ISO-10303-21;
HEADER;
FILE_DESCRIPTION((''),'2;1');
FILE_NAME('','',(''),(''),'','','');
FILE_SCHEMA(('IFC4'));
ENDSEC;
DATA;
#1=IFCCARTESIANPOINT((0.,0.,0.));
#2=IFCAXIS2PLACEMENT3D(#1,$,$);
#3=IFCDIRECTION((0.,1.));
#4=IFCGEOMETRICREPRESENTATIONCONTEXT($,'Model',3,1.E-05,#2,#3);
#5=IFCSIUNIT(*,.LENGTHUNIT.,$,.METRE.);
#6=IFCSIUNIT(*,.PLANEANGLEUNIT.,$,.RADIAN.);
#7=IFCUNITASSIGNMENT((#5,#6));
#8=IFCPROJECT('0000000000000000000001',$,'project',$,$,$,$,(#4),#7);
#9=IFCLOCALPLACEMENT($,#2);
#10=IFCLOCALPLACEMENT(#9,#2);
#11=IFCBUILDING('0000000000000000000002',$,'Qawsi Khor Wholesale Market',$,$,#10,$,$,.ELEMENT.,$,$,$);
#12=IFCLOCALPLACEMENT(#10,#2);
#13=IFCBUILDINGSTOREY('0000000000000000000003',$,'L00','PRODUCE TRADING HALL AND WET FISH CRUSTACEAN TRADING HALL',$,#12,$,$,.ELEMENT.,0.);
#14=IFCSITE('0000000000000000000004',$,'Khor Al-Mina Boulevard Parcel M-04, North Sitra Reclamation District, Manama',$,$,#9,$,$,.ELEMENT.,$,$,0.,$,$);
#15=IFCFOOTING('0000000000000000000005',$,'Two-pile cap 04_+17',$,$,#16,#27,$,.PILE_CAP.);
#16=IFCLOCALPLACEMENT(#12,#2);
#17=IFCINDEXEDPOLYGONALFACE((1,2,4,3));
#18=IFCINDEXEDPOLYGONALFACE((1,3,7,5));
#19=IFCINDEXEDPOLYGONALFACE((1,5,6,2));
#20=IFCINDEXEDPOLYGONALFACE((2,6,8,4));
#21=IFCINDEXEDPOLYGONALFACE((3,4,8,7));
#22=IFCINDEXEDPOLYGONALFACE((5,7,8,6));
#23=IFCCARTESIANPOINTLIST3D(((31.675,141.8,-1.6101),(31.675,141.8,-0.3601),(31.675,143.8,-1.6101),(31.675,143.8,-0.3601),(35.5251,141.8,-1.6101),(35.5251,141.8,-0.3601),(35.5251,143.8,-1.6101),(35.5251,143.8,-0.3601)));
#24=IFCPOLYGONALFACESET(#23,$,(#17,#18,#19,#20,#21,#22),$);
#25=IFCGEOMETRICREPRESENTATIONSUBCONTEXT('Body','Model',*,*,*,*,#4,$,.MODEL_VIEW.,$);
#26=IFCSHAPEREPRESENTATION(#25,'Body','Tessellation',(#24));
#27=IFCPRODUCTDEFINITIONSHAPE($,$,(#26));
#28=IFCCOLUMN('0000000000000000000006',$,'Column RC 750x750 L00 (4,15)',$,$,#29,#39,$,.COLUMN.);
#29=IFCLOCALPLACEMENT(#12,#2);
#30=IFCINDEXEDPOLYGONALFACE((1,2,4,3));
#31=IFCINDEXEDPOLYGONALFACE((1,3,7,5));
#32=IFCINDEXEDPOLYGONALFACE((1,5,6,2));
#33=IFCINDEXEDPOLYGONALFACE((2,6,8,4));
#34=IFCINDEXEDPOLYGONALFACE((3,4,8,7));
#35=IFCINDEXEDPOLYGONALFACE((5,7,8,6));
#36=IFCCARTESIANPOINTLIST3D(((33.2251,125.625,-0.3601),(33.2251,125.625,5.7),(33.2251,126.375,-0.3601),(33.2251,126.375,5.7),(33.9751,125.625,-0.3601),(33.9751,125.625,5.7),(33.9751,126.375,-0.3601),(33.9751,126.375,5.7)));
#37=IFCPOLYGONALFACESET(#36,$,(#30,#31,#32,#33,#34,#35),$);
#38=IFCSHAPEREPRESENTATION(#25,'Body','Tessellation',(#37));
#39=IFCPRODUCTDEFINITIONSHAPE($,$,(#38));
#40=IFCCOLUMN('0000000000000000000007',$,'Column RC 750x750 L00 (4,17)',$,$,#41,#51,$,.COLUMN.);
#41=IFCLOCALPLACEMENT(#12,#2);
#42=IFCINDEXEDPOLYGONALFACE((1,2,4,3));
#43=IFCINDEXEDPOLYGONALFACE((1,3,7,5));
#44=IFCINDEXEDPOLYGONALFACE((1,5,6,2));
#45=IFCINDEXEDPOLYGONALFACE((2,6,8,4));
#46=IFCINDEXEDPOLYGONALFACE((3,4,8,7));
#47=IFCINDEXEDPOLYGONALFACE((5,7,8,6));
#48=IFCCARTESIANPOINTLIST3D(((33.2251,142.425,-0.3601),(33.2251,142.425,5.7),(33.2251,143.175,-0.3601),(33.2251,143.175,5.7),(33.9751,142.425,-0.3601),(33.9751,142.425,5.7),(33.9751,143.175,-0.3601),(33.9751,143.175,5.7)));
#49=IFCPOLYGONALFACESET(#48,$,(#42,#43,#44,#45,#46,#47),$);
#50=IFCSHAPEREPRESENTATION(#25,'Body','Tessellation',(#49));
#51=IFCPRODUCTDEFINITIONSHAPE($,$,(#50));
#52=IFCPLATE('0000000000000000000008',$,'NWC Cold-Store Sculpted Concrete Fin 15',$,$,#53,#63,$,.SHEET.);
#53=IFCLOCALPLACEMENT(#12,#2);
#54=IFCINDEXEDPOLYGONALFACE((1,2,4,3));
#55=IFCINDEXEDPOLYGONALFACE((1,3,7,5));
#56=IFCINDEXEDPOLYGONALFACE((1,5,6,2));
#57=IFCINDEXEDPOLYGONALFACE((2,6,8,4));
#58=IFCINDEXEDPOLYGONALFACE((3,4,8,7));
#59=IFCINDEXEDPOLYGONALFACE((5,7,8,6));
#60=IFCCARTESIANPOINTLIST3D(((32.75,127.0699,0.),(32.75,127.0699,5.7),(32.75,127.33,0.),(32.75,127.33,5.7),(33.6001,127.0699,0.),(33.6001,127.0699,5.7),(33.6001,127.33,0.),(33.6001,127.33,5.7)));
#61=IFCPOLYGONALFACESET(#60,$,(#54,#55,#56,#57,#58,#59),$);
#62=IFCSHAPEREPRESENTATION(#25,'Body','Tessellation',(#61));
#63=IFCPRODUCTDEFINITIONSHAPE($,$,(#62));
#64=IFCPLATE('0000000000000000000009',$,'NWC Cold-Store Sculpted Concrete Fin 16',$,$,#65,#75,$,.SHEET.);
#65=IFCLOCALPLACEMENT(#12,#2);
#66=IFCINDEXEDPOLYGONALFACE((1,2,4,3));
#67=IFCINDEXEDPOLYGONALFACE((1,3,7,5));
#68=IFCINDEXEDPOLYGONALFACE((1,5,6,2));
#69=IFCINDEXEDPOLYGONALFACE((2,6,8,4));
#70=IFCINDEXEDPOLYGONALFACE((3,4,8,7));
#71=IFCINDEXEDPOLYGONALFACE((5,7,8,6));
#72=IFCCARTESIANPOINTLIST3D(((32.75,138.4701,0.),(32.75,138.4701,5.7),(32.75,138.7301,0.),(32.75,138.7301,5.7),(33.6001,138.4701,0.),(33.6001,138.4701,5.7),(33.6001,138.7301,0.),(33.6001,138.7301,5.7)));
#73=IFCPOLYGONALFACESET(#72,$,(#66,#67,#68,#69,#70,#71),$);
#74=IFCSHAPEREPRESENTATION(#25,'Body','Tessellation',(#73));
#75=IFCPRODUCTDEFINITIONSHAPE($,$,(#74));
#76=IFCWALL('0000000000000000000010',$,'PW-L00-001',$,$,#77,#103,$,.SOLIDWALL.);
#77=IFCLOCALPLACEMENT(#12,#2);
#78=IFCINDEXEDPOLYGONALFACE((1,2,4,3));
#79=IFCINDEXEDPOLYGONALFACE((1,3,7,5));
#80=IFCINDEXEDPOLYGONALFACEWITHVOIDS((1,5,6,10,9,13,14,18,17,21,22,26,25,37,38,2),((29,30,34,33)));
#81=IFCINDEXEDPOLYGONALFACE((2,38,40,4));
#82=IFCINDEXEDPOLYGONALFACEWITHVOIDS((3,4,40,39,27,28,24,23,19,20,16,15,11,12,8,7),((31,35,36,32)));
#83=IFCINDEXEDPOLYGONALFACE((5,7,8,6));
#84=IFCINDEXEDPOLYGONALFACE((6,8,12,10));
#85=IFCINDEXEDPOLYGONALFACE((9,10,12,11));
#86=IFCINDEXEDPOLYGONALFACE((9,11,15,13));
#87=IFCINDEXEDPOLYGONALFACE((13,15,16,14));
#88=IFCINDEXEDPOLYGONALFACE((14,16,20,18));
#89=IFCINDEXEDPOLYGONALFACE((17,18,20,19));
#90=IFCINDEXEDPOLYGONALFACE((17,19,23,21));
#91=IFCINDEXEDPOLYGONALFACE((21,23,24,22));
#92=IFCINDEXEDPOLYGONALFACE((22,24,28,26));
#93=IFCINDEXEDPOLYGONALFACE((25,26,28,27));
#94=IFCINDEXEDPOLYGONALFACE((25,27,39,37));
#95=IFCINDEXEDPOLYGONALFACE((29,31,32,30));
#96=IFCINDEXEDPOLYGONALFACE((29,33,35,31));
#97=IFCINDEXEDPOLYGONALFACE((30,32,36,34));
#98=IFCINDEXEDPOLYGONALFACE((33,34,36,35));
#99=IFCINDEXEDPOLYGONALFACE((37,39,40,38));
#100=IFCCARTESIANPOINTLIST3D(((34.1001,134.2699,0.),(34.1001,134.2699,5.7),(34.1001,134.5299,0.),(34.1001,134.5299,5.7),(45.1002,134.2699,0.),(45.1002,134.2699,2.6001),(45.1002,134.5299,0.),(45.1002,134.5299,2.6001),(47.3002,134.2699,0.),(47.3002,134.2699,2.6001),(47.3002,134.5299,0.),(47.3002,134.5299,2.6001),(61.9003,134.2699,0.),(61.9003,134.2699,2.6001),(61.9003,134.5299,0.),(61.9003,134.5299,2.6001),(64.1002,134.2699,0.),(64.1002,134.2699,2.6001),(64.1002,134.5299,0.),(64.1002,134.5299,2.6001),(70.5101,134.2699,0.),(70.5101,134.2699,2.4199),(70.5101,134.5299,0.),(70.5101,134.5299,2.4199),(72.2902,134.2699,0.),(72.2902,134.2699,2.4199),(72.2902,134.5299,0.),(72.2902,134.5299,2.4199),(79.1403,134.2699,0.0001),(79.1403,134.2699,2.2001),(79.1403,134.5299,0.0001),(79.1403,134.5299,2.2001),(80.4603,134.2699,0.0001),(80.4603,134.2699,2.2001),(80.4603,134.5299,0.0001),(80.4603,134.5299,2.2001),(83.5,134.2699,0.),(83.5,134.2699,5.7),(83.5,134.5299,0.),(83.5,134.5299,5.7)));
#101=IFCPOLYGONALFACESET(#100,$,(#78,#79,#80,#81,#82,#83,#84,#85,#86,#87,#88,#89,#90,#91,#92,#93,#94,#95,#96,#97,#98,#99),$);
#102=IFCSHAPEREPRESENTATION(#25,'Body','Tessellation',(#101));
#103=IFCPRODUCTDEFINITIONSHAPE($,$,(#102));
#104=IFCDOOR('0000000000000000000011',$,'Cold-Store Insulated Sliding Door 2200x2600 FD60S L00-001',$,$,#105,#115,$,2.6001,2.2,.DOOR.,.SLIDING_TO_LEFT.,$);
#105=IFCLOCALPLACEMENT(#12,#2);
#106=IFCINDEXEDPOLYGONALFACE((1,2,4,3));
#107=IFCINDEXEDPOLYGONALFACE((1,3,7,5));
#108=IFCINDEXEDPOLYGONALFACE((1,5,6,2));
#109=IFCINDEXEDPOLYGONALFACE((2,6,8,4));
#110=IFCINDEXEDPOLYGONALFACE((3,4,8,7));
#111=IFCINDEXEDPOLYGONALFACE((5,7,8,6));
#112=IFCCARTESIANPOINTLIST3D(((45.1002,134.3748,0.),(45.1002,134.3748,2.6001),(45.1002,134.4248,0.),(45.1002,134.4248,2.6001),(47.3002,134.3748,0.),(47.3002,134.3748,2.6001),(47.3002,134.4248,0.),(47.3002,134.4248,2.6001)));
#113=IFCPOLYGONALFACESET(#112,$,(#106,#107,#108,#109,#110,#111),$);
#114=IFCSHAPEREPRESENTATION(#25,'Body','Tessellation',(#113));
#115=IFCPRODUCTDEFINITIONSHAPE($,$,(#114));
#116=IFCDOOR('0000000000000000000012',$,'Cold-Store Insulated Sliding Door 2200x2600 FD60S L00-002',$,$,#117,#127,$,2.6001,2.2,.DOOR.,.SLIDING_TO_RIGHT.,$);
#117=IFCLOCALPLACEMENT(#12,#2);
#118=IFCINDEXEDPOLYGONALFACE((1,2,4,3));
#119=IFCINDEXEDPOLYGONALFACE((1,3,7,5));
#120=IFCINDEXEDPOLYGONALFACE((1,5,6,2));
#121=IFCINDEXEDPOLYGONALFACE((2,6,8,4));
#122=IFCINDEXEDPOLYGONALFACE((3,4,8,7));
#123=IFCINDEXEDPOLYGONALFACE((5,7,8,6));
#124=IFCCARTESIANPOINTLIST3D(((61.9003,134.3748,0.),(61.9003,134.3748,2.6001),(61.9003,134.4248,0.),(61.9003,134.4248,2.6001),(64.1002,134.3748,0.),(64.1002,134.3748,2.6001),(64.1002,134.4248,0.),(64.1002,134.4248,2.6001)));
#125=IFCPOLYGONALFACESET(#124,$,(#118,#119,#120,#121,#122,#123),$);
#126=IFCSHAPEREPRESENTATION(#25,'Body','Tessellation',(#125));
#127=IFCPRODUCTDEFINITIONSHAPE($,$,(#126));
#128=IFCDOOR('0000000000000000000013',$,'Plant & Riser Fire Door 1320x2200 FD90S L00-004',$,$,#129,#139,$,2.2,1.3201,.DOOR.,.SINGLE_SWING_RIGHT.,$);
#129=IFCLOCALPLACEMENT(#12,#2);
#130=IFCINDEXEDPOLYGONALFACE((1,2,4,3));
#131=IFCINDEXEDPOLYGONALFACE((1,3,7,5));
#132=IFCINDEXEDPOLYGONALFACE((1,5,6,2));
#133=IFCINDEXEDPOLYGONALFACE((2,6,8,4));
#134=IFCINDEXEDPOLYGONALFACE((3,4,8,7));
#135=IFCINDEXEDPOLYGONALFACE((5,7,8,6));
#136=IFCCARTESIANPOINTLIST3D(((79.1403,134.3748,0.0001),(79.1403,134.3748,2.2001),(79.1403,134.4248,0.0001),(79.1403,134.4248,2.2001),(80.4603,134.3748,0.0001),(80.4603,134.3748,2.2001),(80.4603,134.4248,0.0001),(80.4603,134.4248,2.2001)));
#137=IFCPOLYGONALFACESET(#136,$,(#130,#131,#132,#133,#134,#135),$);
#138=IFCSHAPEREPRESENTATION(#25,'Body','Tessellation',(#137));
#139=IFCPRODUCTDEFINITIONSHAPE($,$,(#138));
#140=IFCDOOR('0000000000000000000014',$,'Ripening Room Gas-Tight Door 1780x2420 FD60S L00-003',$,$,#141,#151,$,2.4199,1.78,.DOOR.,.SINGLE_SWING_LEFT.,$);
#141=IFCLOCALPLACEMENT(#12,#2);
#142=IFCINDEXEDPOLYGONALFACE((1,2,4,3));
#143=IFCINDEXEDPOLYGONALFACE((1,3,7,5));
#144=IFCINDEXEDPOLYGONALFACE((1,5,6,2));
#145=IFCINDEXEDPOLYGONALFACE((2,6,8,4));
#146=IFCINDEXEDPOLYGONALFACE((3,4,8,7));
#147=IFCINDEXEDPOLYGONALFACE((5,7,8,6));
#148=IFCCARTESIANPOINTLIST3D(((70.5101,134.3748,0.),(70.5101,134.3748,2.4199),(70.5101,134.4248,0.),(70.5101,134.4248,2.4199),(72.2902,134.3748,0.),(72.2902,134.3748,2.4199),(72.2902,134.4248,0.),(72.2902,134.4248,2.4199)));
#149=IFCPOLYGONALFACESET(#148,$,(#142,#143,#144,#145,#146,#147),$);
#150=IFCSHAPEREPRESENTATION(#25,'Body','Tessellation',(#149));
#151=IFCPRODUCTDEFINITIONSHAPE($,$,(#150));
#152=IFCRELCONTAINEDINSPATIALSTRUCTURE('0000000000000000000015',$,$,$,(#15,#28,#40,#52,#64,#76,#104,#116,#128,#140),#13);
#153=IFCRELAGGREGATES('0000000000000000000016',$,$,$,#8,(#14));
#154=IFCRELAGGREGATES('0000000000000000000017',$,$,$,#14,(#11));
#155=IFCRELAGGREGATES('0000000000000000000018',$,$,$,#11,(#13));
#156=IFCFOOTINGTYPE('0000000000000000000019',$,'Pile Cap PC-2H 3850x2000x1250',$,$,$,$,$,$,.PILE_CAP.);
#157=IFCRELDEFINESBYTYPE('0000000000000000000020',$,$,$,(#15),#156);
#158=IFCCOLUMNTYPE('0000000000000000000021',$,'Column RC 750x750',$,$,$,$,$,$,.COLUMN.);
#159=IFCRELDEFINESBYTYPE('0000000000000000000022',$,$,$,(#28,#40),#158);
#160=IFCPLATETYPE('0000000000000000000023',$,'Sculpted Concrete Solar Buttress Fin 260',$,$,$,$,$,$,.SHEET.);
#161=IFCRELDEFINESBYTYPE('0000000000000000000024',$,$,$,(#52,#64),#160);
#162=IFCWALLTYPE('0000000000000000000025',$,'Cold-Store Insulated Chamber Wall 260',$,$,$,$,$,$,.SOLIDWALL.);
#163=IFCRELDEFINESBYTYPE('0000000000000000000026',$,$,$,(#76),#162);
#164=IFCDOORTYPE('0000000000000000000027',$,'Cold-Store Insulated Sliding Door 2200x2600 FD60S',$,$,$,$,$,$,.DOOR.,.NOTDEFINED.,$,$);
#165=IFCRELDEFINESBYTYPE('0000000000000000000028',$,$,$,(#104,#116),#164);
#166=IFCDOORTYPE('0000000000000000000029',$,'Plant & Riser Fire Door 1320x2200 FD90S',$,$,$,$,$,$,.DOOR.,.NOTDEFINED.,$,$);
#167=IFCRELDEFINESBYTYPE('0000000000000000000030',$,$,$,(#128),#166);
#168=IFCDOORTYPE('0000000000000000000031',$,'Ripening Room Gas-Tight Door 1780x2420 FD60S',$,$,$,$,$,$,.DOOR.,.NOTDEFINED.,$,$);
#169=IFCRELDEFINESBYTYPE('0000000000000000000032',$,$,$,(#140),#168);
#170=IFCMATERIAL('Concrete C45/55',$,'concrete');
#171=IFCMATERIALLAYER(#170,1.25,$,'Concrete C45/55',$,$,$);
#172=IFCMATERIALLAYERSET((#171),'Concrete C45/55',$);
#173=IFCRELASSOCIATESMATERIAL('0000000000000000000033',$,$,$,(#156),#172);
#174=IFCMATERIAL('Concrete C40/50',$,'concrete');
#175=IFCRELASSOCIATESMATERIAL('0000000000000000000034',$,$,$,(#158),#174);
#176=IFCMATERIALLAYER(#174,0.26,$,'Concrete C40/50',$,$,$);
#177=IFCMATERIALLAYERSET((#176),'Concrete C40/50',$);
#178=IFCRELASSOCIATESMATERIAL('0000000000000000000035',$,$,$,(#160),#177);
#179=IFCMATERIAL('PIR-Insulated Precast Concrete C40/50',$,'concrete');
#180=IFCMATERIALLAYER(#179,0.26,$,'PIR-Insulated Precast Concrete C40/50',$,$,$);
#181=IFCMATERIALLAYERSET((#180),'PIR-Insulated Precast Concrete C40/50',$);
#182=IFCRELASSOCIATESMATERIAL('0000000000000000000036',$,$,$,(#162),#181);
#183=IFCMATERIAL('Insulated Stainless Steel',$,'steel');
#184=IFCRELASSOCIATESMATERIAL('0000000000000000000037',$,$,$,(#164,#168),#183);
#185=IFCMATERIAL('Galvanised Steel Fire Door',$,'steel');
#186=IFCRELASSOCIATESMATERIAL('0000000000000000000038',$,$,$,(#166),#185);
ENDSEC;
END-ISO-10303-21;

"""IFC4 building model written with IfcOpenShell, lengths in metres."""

from ifc_helpers import new_model, si_unit, direction, frame, frame_2d, origin, origin_2d, place, context, subcontext, project, spatial, rectangle, extrude, material, layer, layer_set, material_profile, profile_set, type_object, element, fill, save


model = new_model("IFC4")

# Units and contexts
model_context = context("Model", 3, precision=1e-05, world=origin(), true_north=direction((0.0, 1.0)))
body_context = subcontext(model_context, "Body", "Model", "MODEL_VIEW")
ifc_project = project(units=[si_unit("LENGTHUNIT", "METRE"), si_unit("PLANEANGLEUNIT", "RADIAN")], contexts=[model_context])

# Site, building, storey
site_placement = place(None, origin())
site = spatial("IfcSite", under=ifc_project, at=site_placement, Name="Khor Al-Mina Boulevard Parcel M-04, North Sitra Reclamation District, Manama", CompositionType="ELEMENT", RefElevation=0.0)
building_placement = place(site_placement, origin())
building = spatial("IfcBuilding", under=site, at=building_placement, Name="Qawsi Khor Wholesale Market", CompositionType="ELEMENT")
storey_placement = place(building_placement, origin())
storey = spatial("IfcBuildingStorey", under=building, at=storey_placement, Name="L00", Description="PRODUCE TRADING HALL AND WET FISH CRUSTACEAN TRADING HALL", CompositionType="ELEMENT", Elevation=0.0)

# Shared definitions
ifc_material_1 = material(Name="Concrete C45/55", Category="concrete")

# Footing
ifc_layer_1 = layer(ifc_material_1, 1.25, Name="Concrete C45/55")
ifc_layer_set_1 = layer_set([ifc_layer_1], Name="Concrete C45/55")
footing_type_1 = type_object("IfcFootingType", Name="Pile Cap PC-2H 3850x2000x1250", PredefinedType="PILE_CAP", material=ifc_layer_set_1)
for number, where, z_axis, x_axis, name in (
    (1, (33.6001, 142.8, -1.6101), (0.0, 0.0, 1.0), (1.0, 0.0, 0.0), "Two-pile cap 04_+17"),
):
    element("IfcFooting", number, at=place(storey_placement, frame(where, z_axis=z_axis, x_axis=x_axis)), inside=storey, type_object=footing_type_1, Name=name, PredefinedType="PILE_CAP", context=body_context, shape_type="SweptSolid", body=[
        extrude(rectangle(XDim=3.8501, YDim=2.0, at=origin_2d()), origin(), (0.0, 0.0, 1.0), 1.25),
    ])

# Columns
ifc_material_2 = material(Name="Concrete C40/50", Category="concrete")
ifc_material_profile_1 = material_profile(ifc_material_2, rectangle(XDim=0.75, YDim=0.75, at=origin_2d()), Name="RC 750x750")
ifc_profile_set_1 = profile_set([ifc_material_profile_1], Name="Concrete C40/50")
column_type = type_object("IfcColumnType", Name="Column RC 750x750", PredefinedType="COLUMN", material=ifc_profile_set_1)
for number, where, z_axis, x_axis, name in (
    (2, (33.6001, 126.0, -0.3601), (0.0, 0.0, 1.0), (1.0, 0.0, 0.0), "Column RC 750x750 L00 (4,15)"),
    (3, (33.6001, 142.8, -0.3601), (0.0, 0.0, 1.0), (1.0, 0.0, 0.0), "Column RC 750x750 L00 (4,17)"),
):
    element("IfcColumn", number, at=place(storey_placement, frame(where, z_axis=z_axis, x_axis=x_axis)), inside=storey, type_object=column_type, Name=name, PredefinedType="COLUMN", context=body_context, shape_type="SweptSolid", body=[
        extrude(rectangle(XDim=0.75, YDim=0.75, at=origin_2d()), origin(), (0.0, 0.0, 1.0), 6.0601),
    ])

# Plates
ifc_layer_2 = layer(ifc_material_2, 0.26, Name="Concrete C40/50")
ifc_layer_set_2 = layer_set([ifc_layer_2], Name="Concrete C40/50")
plate_type = type_object("IfcPlateType", Name="Sculpted Concrete Solar Buttress Fin 260", PredefinedType="SHEET", material=ifc_layer_set_2)
for number, where, z_axis, x_axis, name in (
    (4, (33.6001, 127.2, 0.0), (0.0, 0.0, 1.0), (-1.0, 0.0, 0.0), "NWC Cold-Store Sculpted Concrete Fin 15"),
    (5, (33.6001, 138.6001, 0.0), (0.0, 0.0, 1.0), (-1.0, 0.0, 0.0), "NWC Cold-Store Sculpted Concrete Fin 16"),
):
    element("IfcPlate", number, at=place(storey_placement, frame(where, z_axis=z_axis, x_axis=x_axis)), inside=storey, type_object=plate_type, Name=name, PredefinedType="SHEET", context=body_context, shape_type="SweptSolid", body=[
        extrude(rectangle(XDim=0.8501, YDim=0.26, at=frame_2d((0.425, 0.0))), origin(), (0.0, 0.0, 1.0), 5.7),
    ])

# Wall, openings, doors
ifc_material_3 = material(Name="PIR-Insulated Precast Concrete C40/50", Category="concrete")
ifc_layer_3 = layer(ifc_material_3, 0.26, Name="PIR-Insulated Precast Concrete C40/50")
ifc_layer_set_3 = layer_set([ifc_layer_3], Name="PIR-Insulated Precast Concrete C40/50")
wall_type_1 = type_object("IfcWallType", Name="Cold-Store Insulated Chamber Wall 260", PredefinedType="SOLIDWALL", material=ifc_layer_set_3)
wall_1_placement = place(storey_placement, frame((34.1001, 134.3999, 0.0), z_axis=(0.0, 0.0, 1.0), x_axis=(1.0, 0.0, 0.0)))
wall_1 = element("IfcWall", 6, at=wall_1_placement, inside=storey, type_object=wall_type_1, Name="PW-L00-001", PredefinedType="SOLIDWALL", context=body_context, shape_type="SweptSolid", body=[
    extrude(rectangle(XDim=49.3999, YDim=0.26, at=frame_2d((24.7, 0.0))), origin(), (0.0, 0.0, 1.0), 5.7),
])
opening_1_placement = place(wall_1_placement, frame((11.0, 0.0, 0.0)))
opening_1 = element("IfcOpeningElement", 7, at=opening_1_placement, cuts=wall_1, PredefinedType="OPENING", context=body_context, shape_type="SweptSolid", body=[
    extrude(rectangle(XDim=2.2, YDim=2.6001, at=frame_2d((1.1001, 1.3))), frame((0.0, 0.1399, 0.0), z_axis=(0.0, -1.0, 0.0), x_axis=(1.0, 0.0, 0.0)), (0.0, 0.0, 1.0), 0.28),
])
opening_2_placement = place(wall_1_placement, frame((27.8, 0.0, 0.0)))
opening_2 = element("IfcOpeningElement", 8, at=opening_2_placement, cuts=wall_1, PredefinedType="OPENING", context=body_context, shape_type="SweptSolid", body=[
    extrude(rectangle(XDim=2.2, YDim=2.6001, at=frame_2d((1.1001, 1.3))), frame((0.0, 0.1399, 0.0), z_axis=(0.0, -1.0, 0.0), x_axis=(1.0, 0.0, 0.0)), (0.0, 0.0, 1.0), 0.28),
])
opening_3_placement = place(wall_1_placement, frame((36.4099, 0.0, 0.0)))
opening_3 = element("IfcOpeningElement", 9, at=opening_3_placement, cuts=wall_1, PredefinedType="OPENING", context=body_context, shape_type="SweptSolid", body=[
    extrude(rectangle(XDim=1.78, YDim=2.4199, at=frame_2d((0.8901, 1.21))), frame((0.0, 0.1399, 0.0), z_axis=(0.0, -1.0, 0.0), x_axis=(1.0, 0.0, 0.0)), (0.0, 0.0, 1.0), 0.28),
])
opening_4_placement = place(wall_1_placement, frame((45.04, 0.0, 0.0)))
opening_4 = element("IfcOpeningElement", 10, at=opening_4_placement, cuts=wall_1, PredefinedType="OPENING", context=body_context, shape_type="SweptSolid", body=[
    extrude(rectangle(XDim=1.3201, YDim=2.2, at=frame_2d((0.6602, 1.1001))), frame((0.0, 0.1399, 0.0), z_axis=(0.0, -1.0, 0.0), x_axis=(1.0, 0.0, 0.0)), (0.0, 0.0, 1.0), 0.28),
])
ifc_material_4 = material(Name="Insulated Stainless Steel", Category="steel")
door_type_1 = type_object("IfcDoorType", Name="Cold-Store Insulated Sliding Door 2200x2600 FD60S", OperationType="NOTDEFINED", PredefinedType="DOOR", material=ifc_material_4)
door_1_placement = place(opening_1_placement, origin())
door_1 = element("IfcDoor", 11, at=door_1_placement, inside=storey, type_object=door_type_1, Name="Cold-Store Insulated Sliding Door 2200x2600 FD60S L00-001", OperationType="SLIDING_TO_LEFT", OverallHeight=2.6001, OverallWidth=2.2, PredefinedType="DOOR", context=body_context, shape_type="SweptSolid", body=[
    extrude(rectangle(XDim=2.2, YDim=2.6001, at=frame_2d((1.1001, 1.3))), frame((0.0, 0.0249, 0.0), z_axis=(0.0, -1.0, 0.0), x_axis=(1.0, 0.0, 0.0)), (0.0, 0.0, 1.0), 0.05),
])
fill(opening_1, door_1)
door_2_placement = place(opening_2_placement, origin())
door_2 = element("IfcDoor", 12, at=door_2_placement, inside=storey, type_object=door_type_1, Name="Cold-Store Insulated Sliding Door 2200x2600 FD60S L00-002", OperationType="SLIDING_TO_RIGHT", OverallHeight=2.6001, OverallWidth=2.2, PredefinedType="DOOR", context=body_context, shape_type="SweptSolid", body=[
    extrude(rectangle(XDim=2.2, YDim=2.6001, at=frame_2d((1.1001, 1.3))), frame((0.0, 0.0249, 0.0), z_axis=(0.0, -1.0, 0.0), x_axis=(1.0, 0.0, 0.0)), (0.0, 0.0, 1.0), 0.05),
])
fill(opening_2, door_2)
ifc_material_5 = material(Name="Galvanised Steel Fire Door", Category="steel")
door_type_2 = type_object("IfcDoorType", Name="Plant & Riser Fire Door 1320x2200 FD90S", OperationType="NOTDEFINED", PredefinedType="DOOR", material=ifc_material_5)
door_3_placement = place(opening_4_placement, origin())
door_3 = element("IfcDoor", 13, at=door_3_placement, inside=storey, type_object=door_type_2, Name="Plant & Riser Fire Door 1320x2200 FD90S L00-004", OperationType="SINGLE_SWING_RIGHT", OverallHeight=2.2, OverallWidth=1.3201, PredefinedType="DOOR", context=body_context, shape_type="SweptSolid", body=[
    extrude(rectangle(XDim=1.3201, YDim=2.2, at=frame_2d((0.6602, 1.1001))), frame((0.0, 0.0249, 0.0), z_axis=(0.0, -1.0, 0.0), x_axis=(1.0, 0.0, 0.0)), (0.0, 0.0, 1.0), 0.05),
])
fill(opening_4, door_3)
door_type_3 = type_object("IfcDoorType", Name="Ripening Room Gas-Tight Door 1780x2420 FD60S", OperationType="NOTDEFINED", PredefinedType="DOOR", material=ifc_material_4)
door_4_placement = place(opening_3_placement, origin())
door_4 = element("IfcDoor", 14, at=door_4_placement, inside=storey, type_object=door_type_3, Name="Ripening Room Gas-Tight Door 1780x2420 FD60S L00-003", OperationType="SINGLE_SWING_LEFT", OverallHeight=2.4199, OverallWidth=1.78, PredefinedType="DOOR", context=body_context, shape_type="SweptSolid", body=[
    extrude(rectangle(XDim=1.78, YDim=2.4199, at=frame_2d((0.8901, 1.21))), frame((0.0, 0.0249, 0.0), z_axis=(0.0, -1.0, 0.0), x_axis=(1.0, 0.0, 0.0)), (0.0, 0.0, 1.0), 0.05),
])
fill(opening_3, door_4)

save(model, "model.ifc")
